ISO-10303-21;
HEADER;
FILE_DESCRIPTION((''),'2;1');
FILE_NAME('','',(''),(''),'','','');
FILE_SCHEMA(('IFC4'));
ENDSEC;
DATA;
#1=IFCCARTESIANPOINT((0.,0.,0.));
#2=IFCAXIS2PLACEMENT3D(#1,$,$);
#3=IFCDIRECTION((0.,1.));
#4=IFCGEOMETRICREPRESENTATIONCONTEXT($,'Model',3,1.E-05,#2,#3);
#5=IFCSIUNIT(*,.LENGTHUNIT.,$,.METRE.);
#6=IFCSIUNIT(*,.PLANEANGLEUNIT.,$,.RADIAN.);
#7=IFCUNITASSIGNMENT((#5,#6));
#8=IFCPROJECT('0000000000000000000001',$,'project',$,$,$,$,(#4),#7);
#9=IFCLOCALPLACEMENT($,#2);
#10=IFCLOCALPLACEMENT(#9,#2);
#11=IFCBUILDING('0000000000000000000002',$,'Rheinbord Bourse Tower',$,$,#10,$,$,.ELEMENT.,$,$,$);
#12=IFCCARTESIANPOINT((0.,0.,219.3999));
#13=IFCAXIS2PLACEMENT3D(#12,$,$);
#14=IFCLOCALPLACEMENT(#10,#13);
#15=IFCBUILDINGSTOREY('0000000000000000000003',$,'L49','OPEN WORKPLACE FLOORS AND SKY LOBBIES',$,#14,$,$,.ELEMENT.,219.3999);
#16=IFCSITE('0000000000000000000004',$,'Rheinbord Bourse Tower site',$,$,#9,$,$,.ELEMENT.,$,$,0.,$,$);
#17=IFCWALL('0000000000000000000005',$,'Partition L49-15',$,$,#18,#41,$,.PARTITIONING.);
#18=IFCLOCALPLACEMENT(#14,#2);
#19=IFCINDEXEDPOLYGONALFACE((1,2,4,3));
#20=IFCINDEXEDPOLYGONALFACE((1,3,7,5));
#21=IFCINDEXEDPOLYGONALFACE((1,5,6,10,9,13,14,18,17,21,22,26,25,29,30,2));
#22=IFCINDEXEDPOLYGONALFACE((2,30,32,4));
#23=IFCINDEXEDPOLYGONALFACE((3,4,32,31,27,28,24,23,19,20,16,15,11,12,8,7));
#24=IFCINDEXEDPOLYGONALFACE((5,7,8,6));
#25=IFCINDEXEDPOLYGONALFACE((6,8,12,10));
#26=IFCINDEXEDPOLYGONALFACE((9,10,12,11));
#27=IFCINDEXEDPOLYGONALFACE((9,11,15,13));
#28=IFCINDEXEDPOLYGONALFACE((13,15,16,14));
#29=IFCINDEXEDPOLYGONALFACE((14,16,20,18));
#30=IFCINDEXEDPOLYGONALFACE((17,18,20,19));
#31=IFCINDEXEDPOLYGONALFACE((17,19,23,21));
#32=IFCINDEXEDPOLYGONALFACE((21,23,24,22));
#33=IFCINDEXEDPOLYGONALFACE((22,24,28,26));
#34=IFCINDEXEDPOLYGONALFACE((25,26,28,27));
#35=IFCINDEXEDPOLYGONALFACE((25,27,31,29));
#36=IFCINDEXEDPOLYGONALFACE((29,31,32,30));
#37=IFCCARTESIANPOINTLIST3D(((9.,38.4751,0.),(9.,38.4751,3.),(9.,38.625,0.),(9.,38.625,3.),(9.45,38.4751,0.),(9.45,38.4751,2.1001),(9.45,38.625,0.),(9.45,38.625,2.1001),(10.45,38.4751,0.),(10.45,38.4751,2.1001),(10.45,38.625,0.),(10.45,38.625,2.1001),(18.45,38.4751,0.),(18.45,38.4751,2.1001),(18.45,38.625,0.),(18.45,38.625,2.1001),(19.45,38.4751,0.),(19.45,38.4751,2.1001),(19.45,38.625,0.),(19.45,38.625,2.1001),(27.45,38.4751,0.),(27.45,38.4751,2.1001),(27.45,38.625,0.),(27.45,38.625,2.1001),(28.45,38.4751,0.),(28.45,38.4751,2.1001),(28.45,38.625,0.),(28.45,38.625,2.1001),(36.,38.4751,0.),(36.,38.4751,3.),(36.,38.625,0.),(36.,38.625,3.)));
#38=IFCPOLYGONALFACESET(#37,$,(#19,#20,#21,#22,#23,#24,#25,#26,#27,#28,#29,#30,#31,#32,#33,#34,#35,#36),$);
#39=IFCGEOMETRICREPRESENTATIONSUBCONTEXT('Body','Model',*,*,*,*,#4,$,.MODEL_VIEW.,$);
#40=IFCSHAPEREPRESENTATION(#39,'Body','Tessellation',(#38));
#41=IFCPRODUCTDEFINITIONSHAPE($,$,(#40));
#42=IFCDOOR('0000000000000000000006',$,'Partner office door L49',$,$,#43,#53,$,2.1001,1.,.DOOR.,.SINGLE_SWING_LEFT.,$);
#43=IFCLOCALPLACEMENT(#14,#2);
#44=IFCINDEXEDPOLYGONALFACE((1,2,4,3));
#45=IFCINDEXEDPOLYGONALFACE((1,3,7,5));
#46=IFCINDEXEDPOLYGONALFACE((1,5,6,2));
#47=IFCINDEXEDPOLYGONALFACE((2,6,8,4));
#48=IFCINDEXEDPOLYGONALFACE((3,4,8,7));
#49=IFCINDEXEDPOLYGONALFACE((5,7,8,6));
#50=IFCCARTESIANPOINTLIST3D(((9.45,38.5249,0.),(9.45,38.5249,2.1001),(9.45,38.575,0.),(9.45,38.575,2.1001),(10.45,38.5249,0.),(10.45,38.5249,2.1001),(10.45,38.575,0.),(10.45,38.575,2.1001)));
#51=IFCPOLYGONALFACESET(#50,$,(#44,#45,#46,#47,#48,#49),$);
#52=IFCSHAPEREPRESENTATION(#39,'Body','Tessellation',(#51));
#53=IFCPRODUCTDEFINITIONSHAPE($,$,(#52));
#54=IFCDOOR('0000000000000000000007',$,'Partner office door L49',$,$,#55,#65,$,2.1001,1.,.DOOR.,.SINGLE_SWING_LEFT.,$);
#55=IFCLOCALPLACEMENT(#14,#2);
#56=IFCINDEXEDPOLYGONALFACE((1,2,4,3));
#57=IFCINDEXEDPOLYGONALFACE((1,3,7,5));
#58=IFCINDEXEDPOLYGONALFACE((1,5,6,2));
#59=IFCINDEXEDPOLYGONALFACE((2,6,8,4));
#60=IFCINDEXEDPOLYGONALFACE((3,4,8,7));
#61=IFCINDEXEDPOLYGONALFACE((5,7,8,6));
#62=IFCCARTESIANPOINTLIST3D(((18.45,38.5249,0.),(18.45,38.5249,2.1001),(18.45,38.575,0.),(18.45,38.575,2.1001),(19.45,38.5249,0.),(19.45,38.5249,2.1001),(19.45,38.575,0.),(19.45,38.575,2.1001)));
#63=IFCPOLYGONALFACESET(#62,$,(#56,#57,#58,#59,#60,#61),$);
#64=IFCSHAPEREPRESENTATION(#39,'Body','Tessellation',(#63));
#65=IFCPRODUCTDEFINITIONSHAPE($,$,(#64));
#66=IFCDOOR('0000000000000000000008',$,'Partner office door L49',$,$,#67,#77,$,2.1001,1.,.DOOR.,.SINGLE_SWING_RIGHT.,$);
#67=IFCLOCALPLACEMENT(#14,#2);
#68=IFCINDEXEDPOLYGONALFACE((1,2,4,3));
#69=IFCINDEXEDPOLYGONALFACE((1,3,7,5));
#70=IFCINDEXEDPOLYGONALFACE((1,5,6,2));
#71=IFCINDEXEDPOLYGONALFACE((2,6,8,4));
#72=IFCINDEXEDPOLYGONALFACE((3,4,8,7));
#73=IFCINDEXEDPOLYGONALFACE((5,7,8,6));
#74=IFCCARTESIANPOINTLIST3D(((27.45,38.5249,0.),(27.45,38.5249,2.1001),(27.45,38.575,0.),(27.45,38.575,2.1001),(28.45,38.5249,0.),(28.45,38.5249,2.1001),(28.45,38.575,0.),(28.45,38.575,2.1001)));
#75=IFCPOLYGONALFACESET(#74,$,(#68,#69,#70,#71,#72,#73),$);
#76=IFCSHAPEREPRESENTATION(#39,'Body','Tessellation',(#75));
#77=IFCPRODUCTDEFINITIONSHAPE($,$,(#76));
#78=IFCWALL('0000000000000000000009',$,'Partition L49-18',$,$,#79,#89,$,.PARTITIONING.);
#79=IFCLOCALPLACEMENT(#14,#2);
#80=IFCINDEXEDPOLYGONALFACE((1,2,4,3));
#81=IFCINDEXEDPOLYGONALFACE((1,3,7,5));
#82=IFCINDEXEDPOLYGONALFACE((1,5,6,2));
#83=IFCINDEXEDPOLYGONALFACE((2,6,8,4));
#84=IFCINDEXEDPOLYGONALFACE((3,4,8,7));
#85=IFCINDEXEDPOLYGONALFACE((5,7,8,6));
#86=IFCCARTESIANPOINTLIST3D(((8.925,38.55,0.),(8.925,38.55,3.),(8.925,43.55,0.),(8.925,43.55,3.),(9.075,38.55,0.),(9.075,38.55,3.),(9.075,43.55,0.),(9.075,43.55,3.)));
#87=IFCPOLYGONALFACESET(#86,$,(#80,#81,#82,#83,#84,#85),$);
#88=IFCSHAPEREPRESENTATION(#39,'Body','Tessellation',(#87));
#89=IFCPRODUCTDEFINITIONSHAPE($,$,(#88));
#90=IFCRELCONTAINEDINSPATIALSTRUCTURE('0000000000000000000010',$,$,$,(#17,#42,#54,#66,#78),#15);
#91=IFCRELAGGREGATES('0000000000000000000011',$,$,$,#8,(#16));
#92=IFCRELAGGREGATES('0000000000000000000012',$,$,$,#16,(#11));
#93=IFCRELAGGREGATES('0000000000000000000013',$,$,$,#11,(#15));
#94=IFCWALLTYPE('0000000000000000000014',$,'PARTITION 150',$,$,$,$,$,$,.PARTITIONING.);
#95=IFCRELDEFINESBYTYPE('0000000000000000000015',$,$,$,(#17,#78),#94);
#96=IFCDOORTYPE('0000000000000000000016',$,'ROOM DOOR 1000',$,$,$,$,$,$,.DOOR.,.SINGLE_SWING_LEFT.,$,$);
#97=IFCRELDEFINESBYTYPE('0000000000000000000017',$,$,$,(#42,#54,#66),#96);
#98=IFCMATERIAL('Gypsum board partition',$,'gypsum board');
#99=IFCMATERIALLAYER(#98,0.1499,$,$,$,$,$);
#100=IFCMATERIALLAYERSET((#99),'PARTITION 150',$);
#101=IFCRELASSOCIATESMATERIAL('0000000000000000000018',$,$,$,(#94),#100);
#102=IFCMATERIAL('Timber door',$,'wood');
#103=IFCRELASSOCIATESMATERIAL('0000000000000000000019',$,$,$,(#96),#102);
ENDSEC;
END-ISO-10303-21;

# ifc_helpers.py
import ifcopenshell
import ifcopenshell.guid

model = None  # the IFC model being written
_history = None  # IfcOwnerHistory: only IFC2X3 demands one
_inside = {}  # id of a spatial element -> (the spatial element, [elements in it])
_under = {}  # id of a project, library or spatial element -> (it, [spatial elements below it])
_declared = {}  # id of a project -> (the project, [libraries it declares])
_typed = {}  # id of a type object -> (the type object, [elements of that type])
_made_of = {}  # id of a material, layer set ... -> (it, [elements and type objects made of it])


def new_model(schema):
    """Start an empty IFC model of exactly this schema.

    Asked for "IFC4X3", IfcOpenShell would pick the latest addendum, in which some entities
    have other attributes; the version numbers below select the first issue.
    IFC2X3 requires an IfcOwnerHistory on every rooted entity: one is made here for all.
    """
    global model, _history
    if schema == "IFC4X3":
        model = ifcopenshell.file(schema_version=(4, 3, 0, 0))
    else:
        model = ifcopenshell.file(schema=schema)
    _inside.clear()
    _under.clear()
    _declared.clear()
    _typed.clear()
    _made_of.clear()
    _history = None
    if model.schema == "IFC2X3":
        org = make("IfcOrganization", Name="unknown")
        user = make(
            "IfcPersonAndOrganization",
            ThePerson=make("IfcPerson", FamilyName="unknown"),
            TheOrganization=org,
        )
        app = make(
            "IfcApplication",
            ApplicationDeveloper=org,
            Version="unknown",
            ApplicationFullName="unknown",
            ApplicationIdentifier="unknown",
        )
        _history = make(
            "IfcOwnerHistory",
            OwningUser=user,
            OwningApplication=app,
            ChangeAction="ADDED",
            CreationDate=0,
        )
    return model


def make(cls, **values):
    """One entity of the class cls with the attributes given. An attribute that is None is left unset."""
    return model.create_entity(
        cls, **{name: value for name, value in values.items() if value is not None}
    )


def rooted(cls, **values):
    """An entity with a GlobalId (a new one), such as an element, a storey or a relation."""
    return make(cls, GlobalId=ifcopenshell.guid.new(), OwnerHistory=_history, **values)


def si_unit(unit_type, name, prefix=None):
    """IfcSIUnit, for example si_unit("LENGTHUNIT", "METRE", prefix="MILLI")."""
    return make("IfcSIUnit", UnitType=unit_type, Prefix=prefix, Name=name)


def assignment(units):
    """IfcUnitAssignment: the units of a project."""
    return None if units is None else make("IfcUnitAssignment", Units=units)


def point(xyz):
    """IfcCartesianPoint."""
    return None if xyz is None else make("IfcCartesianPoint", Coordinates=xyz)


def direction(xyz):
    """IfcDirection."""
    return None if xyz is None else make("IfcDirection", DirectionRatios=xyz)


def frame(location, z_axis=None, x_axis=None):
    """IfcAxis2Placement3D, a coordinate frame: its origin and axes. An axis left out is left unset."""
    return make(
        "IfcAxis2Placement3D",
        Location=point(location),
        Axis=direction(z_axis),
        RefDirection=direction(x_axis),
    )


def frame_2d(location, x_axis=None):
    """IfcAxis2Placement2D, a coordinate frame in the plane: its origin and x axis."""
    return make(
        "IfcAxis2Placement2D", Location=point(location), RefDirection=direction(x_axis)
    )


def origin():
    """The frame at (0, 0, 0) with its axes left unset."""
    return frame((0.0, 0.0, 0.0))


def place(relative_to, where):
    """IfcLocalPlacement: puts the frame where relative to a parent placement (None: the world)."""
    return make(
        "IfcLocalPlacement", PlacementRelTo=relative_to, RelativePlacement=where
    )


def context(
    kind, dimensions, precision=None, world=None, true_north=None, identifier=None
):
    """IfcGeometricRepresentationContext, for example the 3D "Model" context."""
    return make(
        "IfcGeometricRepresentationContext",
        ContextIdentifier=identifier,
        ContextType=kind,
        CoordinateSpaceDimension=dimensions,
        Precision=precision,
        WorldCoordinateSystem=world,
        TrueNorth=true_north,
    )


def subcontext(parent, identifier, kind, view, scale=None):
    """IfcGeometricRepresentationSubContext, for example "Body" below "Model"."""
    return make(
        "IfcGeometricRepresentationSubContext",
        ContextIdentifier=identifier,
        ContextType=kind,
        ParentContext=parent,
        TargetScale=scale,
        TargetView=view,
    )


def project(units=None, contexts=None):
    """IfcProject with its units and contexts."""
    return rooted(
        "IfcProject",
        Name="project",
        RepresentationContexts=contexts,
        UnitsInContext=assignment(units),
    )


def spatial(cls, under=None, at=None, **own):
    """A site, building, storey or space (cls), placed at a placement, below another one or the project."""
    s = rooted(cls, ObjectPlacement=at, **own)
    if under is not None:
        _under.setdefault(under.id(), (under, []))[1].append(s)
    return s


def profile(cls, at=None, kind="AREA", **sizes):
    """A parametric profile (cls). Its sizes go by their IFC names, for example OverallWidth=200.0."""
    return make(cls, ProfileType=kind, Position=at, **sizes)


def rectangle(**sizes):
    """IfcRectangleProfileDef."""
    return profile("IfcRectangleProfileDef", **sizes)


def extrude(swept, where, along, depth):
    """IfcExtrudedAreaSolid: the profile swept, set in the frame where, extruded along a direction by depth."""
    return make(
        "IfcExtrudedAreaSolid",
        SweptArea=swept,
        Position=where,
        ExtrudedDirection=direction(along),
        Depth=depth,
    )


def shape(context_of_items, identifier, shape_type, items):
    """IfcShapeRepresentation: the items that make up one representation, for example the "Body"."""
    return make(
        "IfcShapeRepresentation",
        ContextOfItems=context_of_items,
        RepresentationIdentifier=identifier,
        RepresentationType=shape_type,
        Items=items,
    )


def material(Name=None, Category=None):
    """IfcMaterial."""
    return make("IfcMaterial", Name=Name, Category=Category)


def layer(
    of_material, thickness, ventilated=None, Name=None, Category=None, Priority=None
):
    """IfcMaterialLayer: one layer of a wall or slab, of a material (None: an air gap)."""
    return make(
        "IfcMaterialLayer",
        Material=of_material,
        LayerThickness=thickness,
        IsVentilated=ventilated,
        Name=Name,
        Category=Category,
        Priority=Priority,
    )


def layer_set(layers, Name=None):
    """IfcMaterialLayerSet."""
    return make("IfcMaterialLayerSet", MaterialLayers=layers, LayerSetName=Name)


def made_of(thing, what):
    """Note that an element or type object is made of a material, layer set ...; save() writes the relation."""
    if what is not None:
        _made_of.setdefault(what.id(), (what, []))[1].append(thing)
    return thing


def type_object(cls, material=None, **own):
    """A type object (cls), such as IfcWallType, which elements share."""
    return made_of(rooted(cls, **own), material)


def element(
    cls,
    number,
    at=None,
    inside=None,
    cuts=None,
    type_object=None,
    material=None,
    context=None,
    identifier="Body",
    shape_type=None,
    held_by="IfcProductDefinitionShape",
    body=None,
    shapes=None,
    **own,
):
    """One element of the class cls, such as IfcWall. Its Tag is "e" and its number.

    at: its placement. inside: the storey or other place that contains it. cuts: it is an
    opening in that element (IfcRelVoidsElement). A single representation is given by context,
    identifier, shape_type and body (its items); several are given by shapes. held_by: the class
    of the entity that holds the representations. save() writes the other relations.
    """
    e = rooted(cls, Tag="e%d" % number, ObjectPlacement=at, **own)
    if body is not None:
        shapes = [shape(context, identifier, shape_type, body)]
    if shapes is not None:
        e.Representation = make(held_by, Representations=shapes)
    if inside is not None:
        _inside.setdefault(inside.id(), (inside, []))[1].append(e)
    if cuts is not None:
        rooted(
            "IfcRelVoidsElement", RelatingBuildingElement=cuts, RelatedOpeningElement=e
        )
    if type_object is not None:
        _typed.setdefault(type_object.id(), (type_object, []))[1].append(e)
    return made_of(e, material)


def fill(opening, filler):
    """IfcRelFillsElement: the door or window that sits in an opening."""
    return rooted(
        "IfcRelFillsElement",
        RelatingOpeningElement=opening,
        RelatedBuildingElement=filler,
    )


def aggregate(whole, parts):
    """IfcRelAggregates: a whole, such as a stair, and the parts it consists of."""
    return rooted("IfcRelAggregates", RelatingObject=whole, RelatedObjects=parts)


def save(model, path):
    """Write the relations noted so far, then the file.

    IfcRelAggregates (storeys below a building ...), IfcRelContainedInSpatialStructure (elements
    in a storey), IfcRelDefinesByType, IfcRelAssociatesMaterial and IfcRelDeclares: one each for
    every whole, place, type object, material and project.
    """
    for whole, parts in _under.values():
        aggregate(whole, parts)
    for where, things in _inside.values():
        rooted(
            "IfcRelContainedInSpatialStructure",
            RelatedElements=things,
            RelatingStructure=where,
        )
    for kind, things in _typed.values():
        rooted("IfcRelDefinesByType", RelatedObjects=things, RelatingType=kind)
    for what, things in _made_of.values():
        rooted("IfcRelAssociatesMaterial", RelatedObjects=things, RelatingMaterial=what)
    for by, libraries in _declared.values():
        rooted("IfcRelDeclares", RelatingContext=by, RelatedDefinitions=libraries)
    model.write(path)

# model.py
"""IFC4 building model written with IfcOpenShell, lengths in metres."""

from ifc_helpers import new_model, si_unit, direction, frame, frame_2d, origin, place, context, subcontext, project, spatial, rectangle, extrude, material, layer, layer_set, type_object, element, fill, save


model = new_model("IFC4")

# Units and contexts
model_context = context("Model", 3, precision=1e-05, world=origin(), true_north=direction((0.0, 1.0)))
body_context = subcontext(model_context, "Body", "Model", "MODEL_VIEW")
ifc_project = project(units=[si_unit("LENGTHUNIT", "METRE"), si_unit("PLANEANGLEUNIT", "RADIAN")], contexts=[model_context])

# Site, building, storey
site_placement = place(None, origin())
site = spatial("IfcSite", under=ifc_project, at=site_placement, Name="Rheinbord Bourse Tower site", CompositionType="ELEMENT", RefElevation=0.0)
building_placement = place(site_placement, origin())
building = spatial("IfcBuilding", under=site, at=building_placement, Name="Rheinbord Bourse Tower", CompositionType="ELEMENT")
storey_placement = place(building_placement, frame((0.0, 0.0, 219.3999)))
storey = spatial("IfcBuildingStorey", under=building, at=storey_placement, Name="L49", Description="OPEN WORKPLACE FLOORS AND SKY LOBBIES", CompositionType="ELEMENT", Elevation=219.3999)

# Shared definitions
ifc_material_1 = material(Name="Gypsum board partition", Category="gypsum board")
ifc_layer_1 = layer(ifc_material_1, 0.1499)
ifc_layer_set_1 = layer_set([ifc_layer_1], Name="PARTITION 150")
wall_type = type_object("IfcWallType", Name="PARTITION 150", PredefinedType="PARTITIONING", material=ifc_layer_set_1)

# Wall, openings, doors
wall_1_placement = place(storey_placement, frame((9.0, 38.55, 0.0), z_axis=(0.0, 0.0, 1.0), x_axis=(1.0, 0.0, 0.0)))
wall_1 = element("IfcWall", 1, at=wall_1_placement, inside=storey, type_object=wall_type, Name="Partition L49-15", PredefinedType="PARTITIONING", context=body_context, shape_type="SweptSolid", body=[
    extrude(rectangle(XDim=27.0, YDim=0.1499, at=frame_2d((13.5, 0.0))), origin(), (0.0, 0.0, 1.0), 3.0),
])
opening_1_placement = place(wall_1_placement, frame((0.45, 0.0, 0.0)))
opening_1 = element("IfcOpeningElement", 2, at=opening_1_placement, cuts=wall_1, PredefinedType="OPENING", context=body_context, shape_type="SweptSolid", body=[
    extrude(rectangle(XDim=1.0, YDim=2.1001, at=frame_2d((0.5, 1.05))), frame((0.0, 0.085, 0.0), z_axis=(0.0, -1.0, 0.0), x_axis=(1.0, 0.0, 0.0)), (0.0, 0.0, 1.0), 0.1699),
])
opening_2_placement = place(wall_1_placement, frame((9.45, 0.0, 0.0)))
opening_2 = element("IfcOpeningElement", 3, at=opening_2_placement, cuts=wall_1, PredefinedType="OPENING", context=body_context, shape_type="SweptSolid", body=[
    extrude(rectangle(XDim=1.0, YDim=2.1001, at=frame_2d((0.5, 1.05))), frame((0.0, 0.085, 0.0), z_axis=(0.0, -1.0, 0.0), x_axis=(1.0, 0.0, 0.0)), (0.0, 0.0, 1.0), 0.1699),
])
opening_3_placement = place(wall_1_placement, frame((18.45, 0.0, 0.0)))
opening_3 = element("IfcOpeningElement", 4, at=opening_3_placement, cuts=wall_1, PredefinedType="OPENING", context=body_context, shape_type="SweptSolid", body=[
    extrude(rectangle(XDim=1.0, YDim=2.1001, at=frame_2d((0.5, 1.05))), frame((0.0, 0.085, 0.0), z_axis=(0.0, -1.0, 0.0), x_axis=(1.0, 0.0, 0.0)), (0.0, 0.0, 1.0), 0.1699),
])
ifc_material_2 = material(Name="Timber door", Category="wood")
door_type = type_object("IfcDoorType", Name="ROOM DOOR 1000", OperationType="SINGLE_SWING_LEFT", PredefinedType="DOOR", material=ifc_material_2)
door_1_placement = place(opening_1_placement, origin())
door_1 = element("IfcDoor", 5, at=door_1_placement, inside=storey, type_object=door_type, Name="Partner office door L49", OperationType="SINGLE_SWING_LEFT", OverallHeight=2.1001, OverallWidth=1.0, PredefinedType="DOOR", context=body_context, shape_type="SweptSolid", body=[
    extrude(rectangle(XDim=1.0, YDim=2.1001, at=frame_2d((0.5, 1.05))), frame((0.0, 0.0249, 0.0), z_axis=(0.0, -1.0, 0.0), x_axis=(1.0, 0.0, 0.0)), (0.0, 0.0, 1.0), 0.05),
])
fill(opening_1, door_1)
door_2_placement = place(opening_2_placement, origin())
door_2 = element("IfcDoor", 6, at=door_2_placement, inside=storey, type_object=door_type, Name="Partner office door L49", OperationType="SINGLE_SWING_LEFT", OverallHeight=2.1001, OverallWidth=1.0, PredefinedType="DOOR", context=body_context, shape_type="SweptSolid", body=[
    extrude(rectangle(XDim=1.0, YDim=2.1001, at=frame_2d((0.5, 1.05))), frame((0.0, 0.0249, 0.0), z_axis=(0.0, -1.0, 0.0), x_axis=(1.0, 0.0, 0.0)), (0.0, 0.0, 1.0), 0.05),
])
fill(opening_2, door_2)
door_3_placement = place(opening_3_placement, origin())
door_3 = element("IfcDoor", 7, at=door_3_placement, inside=storey, type_object=door_type, Name="Partner office door L49", OperationType="SINGLE_SWING_RIGHT", OverallHeight=2.1001, OverallWidth=1.0, PredefinedType="DOOR", context=body_context, shape_type="SweptSolid", body=[
    extrude(rectangle(XDim=1.0, YDim=2.1001, at=frame_2d((0.5, 1.05))), frame((0.0, 0.0249, 0.0), z_axis=(0.0, -1.0, 0.0), x_axis=(1.0, 0.0, 0.0)), (0.0, 0.0, 1.0), 0.05),
])
fill(opening_3, door_3)

# Wall
wall_2_placement = place(storey_placement, frame((9.0, 38.55, 0.0), z_axis=(0.0, 0.0, 1.0), x_axis=(0.0, 1.0, 0.0)))
element("IfcWall", 8, at=wall_2_placement, inside=storey, type_object=wall_type, Name="Partition L49-18", PredefinedType="PARTITIONING", context=body_context, shape_type="SweptSolid", body=[
    extrude(rectangle(XDim=5.0, YDim=0.1499, at=frame_2d((2.5, 0.0))), origin(), (0.0, 0.0, 1.0), 3.0),
])

save(model, "model.ifc")
